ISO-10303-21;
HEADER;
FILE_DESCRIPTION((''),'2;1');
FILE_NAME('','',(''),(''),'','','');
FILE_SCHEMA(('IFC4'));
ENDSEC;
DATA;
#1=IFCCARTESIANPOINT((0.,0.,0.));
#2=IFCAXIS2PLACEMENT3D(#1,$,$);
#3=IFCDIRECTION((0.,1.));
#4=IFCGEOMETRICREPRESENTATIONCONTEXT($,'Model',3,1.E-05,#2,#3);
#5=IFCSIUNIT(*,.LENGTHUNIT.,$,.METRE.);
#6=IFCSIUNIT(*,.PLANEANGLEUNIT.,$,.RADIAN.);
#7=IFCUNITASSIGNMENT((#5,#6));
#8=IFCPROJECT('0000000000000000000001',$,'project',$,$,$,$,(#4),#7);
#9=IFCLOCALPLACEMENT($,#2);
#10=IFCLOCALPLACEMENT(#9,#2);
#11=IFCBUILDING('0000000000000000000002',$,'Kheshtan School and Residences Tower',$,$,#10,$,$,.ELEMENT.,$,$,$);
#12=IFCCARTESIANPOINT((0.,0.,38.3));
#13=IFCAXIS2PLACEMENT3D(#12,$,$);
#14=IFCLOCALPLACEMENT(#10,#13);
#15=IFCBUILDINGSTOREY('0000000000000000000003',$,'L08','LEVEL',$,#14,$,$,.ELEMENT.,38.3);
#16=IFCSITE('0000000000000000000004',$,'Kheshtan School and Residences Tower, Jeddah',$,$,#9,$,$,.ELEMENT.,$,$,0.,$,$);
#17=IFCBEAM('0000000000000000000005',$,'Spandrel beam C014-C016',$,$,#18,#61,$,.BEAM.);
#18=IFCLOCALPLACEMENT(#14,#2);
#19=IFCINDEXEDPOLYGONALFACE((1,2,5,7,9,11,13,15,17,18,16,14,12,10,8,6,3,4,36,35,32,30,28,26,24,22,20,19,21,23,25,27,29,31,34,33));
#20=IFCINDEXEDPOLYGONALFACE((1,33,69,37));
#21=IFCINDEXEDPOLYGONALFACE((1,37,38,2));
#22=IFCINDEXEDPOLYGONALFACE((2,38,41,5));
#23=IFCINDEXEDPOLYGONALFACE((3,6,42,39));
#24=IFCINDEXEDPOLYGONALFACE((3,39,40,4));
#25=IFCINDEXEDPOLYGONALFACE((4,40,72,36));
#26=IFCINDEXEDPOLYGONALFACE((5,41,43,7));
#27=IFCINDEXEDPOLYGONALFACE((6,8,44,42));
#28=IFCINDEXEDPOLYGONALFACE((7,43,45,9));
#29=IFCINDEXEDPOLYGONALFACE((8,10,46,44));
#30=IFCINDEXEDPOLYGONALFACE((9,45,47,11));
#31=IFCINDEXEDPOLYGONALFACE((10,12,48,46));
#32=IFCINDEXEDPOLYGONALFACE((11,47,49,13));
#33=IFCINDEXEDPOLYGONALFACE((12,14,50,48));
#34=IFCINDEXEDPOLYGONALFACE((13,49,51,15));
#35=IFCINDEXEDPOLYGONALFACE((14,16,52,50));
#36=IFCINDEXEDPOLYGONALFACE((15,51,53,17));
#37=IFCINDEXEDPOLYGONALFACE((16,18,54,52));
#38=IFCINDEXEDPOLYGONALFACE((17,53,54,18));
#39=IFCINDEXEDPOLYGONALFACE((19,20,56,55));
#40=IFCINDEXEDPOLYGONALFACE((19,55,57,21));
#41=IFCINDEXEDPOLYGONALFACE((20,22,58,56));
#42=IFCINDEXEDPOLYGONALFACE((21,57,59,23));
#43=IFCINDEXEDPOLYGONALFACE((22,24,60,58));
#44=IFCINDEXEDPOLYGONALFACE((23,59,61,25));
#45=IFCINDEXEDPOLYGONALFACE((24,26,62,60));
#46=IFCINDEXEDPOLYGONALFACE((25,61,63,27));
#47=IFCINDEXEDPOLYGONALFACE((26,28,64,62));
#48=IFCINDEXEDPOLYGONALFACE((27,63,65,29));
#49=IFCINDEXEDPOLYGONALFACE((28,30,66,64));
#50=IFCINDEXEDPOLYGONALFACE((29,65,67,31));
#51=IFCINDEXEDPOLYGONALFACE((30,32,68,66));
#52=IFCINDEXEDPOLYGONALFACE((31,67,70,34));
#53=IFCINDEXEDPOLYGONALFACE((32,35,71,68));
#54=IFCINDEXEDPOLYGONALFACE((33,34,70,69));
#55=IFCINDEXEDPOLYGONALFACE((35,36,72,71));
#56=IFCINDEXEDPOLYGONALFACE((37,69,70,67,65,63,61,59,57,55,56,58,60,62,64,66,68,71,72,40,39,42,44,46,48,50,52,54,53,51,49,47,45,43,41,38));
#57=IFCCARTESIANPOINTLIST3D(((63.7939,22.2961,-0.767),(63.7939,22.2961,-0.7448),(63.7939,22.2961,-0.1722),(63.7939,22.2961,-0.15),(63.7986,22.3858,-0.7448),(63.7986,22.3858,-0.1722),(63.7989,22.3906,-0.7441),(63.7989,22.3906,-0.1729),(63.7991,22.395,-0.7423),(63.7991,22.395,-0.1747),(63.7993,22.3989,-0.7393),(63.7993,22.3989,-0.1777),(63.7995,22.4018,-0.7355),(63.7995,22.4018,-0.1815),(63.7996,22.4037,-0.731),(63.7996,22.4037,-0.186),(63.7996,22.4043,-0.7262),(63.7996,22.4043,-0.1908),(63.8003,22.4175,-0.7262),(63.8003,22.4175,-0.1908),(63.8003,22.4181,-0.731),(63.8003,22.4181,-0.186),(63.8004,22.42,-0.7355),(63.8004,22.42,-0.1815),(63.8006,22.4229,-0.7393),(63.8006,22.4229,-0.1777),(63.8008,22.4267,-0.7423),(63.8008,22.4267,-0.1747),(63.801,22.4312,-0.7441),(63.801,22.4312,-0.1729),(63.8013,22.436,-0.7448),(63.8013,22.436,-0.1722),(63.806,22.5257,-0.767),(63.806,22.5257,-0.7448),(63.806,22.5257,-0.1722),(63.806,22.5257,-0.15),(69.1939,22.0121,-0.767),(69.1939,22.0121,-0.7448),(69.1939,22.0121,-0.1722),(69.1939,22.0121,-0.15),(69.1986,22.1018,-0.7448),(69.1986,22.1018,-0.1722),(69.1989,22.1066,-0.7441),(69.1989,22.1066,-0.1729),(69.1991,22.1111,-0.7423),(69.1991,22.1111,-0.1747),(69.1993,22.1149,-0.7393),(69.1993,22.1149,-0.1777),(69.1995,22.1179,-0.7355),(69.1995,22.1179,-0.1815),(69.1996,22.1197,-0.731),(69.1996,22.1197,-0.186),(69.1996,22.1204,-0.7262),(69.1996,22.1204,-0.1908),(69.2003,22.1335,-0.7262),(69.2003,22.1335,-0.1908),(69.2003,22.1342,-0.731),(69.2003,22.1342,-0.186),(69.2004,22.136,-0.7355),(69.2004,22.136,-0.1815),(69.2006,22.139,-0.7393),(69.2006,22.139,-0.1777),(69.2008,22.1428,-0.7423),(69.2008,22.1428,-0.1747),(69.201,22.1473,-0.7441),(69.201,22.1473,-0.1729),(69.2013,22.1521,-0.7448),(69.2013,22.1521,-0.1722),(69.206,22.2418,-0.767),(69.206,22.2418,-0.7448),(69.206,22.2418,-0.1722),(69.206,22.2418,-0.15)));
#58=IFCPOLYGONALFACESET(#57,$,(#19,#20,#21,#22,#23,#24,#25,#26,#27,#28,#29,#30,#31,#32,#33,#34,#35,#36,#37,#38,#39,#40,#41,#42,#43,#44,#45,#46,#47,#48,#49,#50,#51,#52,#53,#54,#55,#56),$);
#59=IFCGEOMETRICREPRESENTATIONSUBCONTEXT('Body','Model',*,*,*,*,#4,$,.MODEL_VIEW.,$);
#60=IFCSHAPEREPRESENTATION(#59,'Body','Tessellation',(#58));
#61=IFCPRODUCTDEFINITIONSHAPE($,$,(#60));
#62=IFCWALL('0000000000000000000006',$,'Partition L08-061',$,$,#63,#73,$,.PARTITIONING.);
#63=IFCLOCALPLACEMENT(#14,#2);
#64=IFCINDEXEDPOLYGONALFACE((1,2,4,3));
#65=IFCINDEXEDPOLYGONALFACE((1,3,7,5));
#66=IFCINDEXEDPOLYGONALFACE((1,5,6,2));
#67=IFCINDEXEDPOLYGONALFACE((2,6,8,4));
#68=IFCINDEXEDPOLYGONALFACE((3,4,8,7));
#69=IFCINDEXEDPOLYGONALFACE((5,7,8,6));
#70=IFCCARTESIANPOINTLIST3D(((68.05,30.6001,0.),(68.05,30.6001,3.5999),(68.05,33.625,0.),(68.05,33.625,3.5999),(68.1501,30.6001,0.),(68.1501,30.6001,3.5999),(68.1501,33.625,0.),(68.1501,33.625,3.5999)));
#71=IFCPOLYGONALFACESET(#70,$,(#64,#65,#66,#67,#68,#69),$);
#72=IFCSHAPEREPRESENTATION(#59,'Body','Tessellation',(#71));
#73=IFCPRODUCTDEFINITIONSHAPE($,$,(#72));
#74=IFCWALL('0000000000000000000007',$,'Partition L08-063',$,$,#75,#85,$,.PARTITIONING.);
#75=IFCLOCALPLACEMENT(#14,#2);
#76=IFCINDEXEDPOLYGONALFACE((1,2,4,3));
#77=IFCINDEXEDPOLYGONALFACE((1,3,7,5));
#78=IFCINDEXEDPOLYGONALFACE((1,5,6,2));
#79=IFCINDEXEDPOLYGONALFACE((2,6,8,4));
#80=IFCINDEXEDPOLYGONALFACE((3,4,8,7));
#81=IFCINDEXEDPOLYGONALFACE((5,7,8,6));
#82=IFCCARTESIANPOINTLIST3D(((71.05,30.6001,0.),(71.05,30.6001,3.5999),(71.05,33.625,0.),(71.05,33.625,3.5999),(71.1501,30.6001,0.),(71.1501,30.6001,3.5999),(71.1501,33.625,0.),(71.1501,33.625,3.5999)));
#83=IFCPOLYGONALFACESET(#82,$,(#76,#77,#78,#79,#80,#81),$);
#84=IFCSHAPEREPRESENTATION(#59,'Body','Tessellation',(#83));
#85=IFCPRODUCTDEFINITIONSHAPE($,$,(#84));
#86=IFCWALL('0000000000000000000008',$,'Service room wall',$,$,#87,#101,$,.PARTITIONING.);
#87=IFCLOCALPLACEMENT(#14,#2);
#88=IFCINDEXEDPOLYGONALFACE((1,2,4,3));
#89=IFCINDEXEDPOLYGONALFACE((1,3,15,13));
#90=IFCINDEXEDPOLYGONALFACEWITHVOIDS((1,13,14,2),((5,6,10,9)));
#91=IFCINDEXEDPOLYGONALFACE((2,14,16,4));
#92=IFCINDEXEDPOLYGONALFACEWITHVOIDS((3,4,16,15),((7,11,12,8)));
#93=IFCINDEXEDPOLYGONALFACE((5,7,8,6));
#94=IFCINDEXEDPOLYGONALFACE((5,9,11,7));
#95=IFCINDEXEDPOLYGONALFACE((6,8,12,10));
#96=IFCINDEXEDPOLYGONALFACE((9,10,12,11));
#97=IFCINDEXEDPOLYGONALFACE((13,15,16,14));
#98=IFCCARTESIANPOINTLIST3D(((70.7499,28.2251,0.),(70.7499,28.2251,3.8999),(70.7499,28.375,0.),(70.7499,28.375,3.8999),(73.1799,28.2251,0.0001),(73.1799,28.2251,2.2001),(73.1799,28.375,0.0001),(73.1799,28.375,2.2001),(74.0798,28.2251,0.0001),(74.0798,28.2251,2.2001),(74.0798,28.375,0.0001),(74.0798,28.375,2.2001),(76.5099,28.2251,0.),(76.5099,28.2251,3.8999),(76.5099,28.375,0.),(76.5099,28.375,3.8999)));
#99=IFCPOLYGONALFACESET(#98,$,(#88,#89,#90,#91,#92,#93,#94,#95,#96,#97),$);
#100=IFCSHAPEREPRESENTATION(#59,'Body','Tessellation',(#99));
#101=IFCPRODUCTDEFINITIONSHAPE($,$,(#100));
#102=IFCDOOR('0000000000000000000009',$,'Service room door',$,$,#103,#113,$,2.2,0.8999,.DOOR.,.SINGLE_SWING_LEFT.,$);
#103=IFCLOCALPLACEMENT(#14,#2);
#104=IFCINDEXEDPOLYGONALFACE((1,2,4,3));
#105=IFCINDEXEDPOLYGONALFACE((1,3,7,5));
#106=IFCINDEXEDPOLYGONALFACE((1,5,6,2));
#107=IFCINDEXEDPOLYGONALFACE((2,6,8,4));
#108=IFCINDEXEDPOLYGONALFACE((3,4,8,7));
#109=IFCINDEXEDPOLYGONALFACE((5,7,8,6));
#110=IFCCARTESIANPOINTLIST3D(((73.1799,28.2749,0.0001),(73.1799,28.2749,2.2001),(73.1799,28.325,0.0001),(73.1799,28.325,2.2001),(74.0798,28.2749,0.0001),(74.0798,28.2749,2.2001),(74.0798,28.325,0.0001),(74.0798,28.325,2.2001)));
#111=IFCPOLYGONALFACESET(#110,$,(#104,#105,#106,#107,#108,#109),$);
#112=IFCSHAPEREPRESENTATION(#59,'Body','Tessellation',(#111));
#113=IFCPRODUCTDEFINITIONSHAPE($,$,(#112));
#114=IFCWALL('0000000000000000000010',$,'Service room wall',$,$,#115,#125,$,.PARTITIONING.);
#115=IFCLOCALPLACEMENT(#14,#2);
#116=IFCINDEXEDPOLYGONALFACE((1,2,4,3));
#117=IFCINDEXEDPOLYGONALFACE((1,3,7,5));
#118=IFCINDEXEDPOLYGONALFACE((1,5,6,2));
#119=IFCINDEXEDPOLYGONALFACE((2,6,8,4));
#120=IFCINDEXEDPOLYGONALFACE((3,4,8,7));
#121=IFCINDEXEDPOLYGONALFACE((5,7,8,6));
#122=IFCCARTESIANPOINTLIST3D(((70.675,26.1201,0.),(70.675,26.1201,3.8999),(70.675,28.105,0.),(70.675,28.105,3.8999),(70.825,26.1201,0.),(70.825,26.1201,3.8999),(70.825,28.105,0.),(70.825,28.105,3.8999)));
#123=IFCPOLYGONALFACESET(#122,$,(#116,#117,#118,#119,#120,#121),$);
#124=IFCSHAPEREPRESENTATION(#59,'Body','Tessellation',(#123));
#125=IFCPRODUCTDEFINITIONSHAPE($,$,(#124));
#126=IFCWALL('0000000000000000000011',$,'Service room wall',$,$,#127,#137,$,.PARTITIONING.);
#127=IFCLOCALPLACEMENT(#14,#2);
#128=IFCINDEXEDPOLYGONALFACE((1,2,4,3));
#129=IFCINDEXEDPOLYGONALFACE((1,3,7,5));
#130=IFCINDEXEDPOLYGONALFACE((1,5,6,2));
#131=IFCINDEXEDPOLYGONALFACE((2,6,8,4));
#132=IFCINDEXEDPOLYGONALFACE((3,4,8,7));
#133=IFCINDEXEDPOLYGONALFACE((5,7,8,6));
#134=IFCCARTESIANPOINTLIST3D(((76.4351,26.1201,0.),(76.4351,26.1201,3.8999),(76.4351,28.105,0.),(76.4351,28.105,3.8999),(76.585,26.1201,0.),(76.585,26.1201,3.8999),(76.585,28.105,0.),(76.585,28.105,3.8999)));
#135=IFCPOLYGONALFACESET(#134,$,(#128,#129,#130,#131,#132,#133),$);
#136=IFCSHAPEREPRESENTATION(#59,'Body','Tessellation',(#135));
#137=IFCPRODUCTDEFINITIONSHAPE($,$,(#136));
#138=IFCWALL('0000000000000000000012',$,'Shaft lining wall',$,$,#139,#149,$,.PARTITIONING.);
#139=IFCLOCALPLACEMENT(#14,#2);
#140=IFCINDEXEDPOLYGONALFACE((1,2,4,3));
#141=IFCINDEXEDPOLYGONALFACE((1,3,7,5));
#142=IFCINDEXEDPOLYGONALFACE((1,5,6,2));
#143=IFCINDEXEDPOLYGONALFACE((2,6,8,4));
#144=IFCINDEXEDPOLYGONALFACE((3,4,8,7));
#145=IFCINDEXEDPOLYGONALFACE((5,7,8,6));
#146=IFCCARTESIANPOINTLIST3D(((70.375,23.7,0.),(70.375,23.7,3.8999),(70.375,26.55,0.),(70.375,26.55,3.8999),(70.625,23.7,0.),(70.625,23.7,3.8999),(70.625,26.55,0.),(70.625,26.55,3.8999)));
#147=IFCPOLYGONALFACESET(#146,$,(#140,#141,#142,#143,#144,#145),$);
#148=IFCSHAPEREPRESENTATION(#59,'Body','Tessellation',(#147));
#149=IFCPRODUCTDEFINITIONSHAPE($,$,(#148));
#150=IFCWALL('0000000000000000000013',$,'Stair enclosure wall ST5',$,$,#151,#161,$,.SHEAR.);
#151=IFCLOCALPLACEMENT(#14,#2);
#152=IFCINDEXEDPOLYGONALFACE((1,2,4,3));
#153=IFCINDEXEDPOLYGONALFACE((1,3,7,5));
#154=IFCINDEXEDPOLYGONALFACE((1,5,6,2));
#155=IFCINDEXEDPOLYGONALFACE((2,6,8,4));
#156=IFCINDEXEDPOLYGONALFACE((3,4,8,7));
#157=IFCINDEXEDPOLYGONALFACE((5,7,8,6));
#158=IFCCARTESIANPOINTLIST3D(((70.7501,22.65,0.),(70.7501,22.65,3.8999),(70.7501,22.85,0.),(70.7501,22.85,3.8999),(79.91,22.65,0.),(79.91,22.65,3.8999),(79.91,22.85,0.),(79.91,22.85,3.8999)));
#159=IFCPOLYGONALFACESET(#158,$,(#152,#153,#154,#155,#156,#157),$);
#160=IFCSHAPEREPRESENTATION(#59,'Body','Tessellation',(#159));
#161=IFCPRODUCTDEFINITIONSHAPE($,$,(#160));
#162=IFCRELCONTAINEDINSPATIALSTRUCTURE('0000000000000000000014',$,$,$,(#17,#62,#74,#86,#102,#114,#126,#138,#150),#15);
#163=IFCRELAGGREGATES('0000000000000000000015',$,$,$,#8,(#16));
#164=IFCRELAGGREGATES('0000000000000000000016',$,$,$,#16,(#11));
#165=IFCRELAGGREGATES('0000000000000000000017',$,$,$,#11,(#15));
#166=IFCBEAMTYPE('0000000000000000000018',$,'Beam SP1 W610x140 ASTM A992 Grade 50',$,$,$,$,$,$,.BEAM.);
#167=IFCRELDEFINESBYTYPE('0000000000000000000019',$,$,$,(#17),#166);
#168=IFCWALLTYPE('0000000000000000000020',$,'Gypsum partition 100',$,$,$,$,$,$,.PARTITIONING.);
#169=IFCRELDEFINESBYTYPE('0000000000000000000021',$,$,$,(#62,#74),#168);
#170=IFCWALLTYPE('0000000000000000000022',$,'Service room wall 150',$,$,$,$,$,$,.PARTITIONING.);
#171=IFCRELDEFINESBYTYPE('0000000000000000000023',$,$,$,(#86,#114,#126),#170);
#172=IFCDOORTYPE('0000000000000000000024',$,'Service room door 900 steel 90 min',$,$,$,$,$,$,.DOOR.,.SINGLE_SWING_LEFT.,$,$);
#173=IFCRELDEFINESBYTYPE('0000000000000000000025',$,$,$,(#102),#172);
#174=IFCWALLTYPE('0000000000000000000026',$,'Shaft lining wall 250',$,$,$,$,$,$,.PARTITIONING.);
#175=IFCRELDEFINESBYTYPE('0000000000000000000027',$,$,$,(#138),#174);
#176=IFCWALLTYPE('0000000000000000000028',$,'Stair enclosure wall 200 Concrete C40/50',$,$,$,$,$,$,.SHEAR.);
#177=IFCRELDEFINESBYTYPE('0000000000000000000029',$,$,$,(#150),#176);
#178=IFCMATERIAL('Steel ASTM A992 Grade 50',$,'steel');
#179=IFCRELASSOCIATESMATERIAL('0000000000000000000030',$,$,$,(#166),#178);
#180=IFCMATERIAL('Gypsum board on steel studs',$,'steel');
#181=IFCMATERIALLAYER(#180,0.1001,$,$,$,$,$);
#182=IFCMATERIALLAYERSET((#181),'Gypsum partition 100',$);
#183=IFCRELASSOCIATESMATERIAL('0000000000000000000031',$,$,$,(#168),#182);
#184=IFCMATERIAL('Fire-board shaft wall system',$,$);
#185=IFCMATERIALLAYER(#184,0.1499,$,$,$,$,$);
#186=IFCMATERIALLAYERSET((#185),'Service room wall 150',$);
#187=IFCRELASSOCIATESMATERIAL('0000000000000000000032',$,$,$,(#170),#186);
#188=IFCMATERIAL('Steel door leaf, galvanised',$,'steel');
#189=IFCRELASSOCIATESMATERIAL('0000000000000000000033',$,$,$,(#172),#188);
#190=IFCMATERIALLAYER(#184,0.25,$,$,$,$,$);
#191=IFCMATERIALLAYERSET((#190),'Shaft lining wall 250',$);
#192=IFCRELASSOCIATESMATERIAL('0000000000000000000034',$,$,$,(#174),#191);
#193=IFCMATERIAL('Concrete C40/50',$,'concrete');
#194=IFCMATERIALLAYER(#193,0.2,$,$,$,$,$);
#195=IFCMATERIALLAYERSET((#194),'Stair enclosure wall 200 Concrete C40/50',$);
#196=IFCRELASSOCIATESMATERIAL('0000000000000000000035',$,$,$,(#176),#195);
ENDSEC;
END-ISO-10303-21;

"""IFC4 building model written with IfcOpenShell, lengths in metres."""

from ifc_helpers import new_model, si_unit, direction, frame, frame_2d, origin, origin_2d, place, context, subcontext, project, spatial, rectangle, i_section, extrude, source, transform, mapped, material, layer, layer_set, material_profile, profile_set, type_object, element, fill, save


model = new_model("IFC4")

# Units and contexts
model_context = context("Model", 3, precision=1e-05, world=origin(), true_north=direction((0.0, 1.0)))
body_context = subcontext(model_context, "Body", "Model", "MODEL_VIEW")
ifc_project = project(units=[si_unit("LENGTHUNIT", "METRE"), si_unit("PLANEANGLEUNIT", "RADIAN")], contexts=[model_context])

# Site, building, storey
site_placement = place(None, origin())
site = spatial("IfcSite", under=ifc_project, at=site_placement, Name="Kheshtan School and Residences Tower, Jeddah", CompositionType="ELEMENT", RefElevation=0.0)
building_placement = place(site_placement, origin())
building = spatial("IfcBuilding", under=site, at=building_placement, Name="Kheshtan School and Residences Tower", CompositionType="ELEMENT")
storey_placement = place(building_placement, frame((0.0, 0.0, 38.3)))
storey = spatial("IfcBuildingStorey", under=building, at=storey_placement, Name="L08", Description="LEVEL", CompositionType="ELEMENT", Elevation=38.3)

# Shared definitions
ifc_material_1 = material(Name="Steel ASTM A992 Grade 50", Category="steel")

# Beam
ifc_material_profile_1 = material_profile(ifc_material_1, i_section(OverallWidth=0.23, OverallDepth=0.6169, WebThickness=0.0132, FlangeThickness=0.0222, FilletRadius=0.0186, at=origin_2d()), Name="W610x140")
ifc_profile_set_1 = profile_set([ifc_material_profile_1], Name="Steel ASTM A992 Grade 50")
beam_type_1 = type_object("IfcBeamType", Name="Beam SP1 W610x140 ASTM A992 Grade 50", PredefinedType="BEAM", material=ifc_profile_set_1)
beam_1_placement = place(storey_placement, frame((69.2, 22.127, -0.4585), z_axis=(-0.99862, 0.052509, 0.0), x_axis=(-0.052509, -0.99862, 0.0)))
element("IfcBeam", 1, at=beam_1_placement, inside=storey, type_object=beam_type_1, Name="Spandrel beam C014-C016", PredefinedType="BEAM", context=body_context, shape_type="SweptSolid", body=[
    extrude(i_section(OverallWidth=0.23, OverallDepth=0.6169, WebThickness=0.0132, FlangeThickness=0.0222, FilletRadius=0.0186, at=origin_2d()), origin(), (0.0, 0.0, 1.0), 5.4075),
])

# Walls
ifc_material_2 = material(Name="Gypsum board on steel studs", Category="steel")
ifc_layer_1 = layer(ifc_material_2, 0.1001)
ifc_layer_set_1 = layer_set([ifc_layer_1], Name="Gypsum partition 100")
wall_type_1 = type_object("IfcWallType", Name="Gypsum partition 100", PredefinedType="PARTITIONING", material=ifc_layer_set_1)
for number, where, z_axis, x_axis, name in (
    (2, (68.1001, 30.6001, 0.0), (0.0, 0.0, 1.0), (0.0, 1.0, 0.0), "Partition L08-061"),
    (3, (71.1001, 30.6001, 0.0), (0.0, 0.0, 1.0), (0.0, 1.0, 0.0), "Partition L08-063"),
):
    element("IfcWall", number, at=place(storey_placement, frame(where, z_axis=z_axis, x_axis=x_axis)), inside=storey, type_object=wall_type_1, Name=name, PredefinedType="PARTITIONING", context=body_context, shape_type="SweptSolid", body=[
        extrude(rectangle(XDim=3.0249, YDim=0.1001, at=frame_2d((1.5125, 0.0))), origin(), (0.0, 0.0, 1.0), 3.5999),
    ])

# Wall, opening, door
ifc_material_3 = material(Name="Fire-board shaft wall system")
ifc_layer_2 = layer(ifc_material_3, 0.1499)
ifc_layer_set_2 = layer_set([ifc_layer_2], Name="Service room wall 150")
wall_type_2 = type_object("IfcWallType", Name="Service room wall 150", PredefinedType="PARTITIONING", material=ifc_layer_set_2)
wall_1_placement = place(storey_placement, frame((70.75, 28.3, 0.0), z_axis=(0.0, 0.0, 1.0), x_axis=(1.0, 0.0, 0.0)))
wall_1 = element("IfcWall", 4, at=wall_1_placement, inside=storey, type_object=wall_type_2, Name="Service room wall", PredefinedType="PARTITIONING", context=body_context, shape_type="SweptSolid", body=[
    extrude(rectangle(XDim=5.76, YDim=0.1499, at=frame_2d((2.8799, 0.0))), origin(), (0.0, 0.0, 1.0), 3.8999),
])
opening_1_placement = place(wall_1_placement, frame((2.4299, 0.0, 0.0)))
opening_1 = element("IfcOpeningElement", 5, at=opening_1_placement, cuts=wall_1, PredefinedType="OPENING", context=body_context, shape_type="SweptSolid", body=[
    extrude(rectangle(XDim=0.8999, YDim=2.2, at=frame_2d((0.45, 1.1001))), frame((0.0, 0.085, 0.0), z_axis=(0.0, -1.0, 0.0), x_axis=(1.0, 0.0, 0.0)), (0.0, 0.0, 1.0), 0.1699),
])
ifc_material_4 = material(Name="Steel door leaf, galvanised", Category="steel")
door_type_1 = type_object("IfcDoorType", Name="Service room door 900 steel 90 min", OperationType="SINGLE_SWING_LEFT", PredefinedType="DOOR", material=ifc_material_4)
shared_shape_1 = source(origin(), body_context, "Body", "SweptSolid", [
    extrude(rectangle(XDim=0.8999, YDim=2.2, at=frame_2d((0.45, 1.1001))), frame((0.0, 0.0249, 0.0), z_axis=(0.0, -1.0, 0.0), x_axis=(1.0, 0.0, 0.0)), (0.0, 0.0, 1.0), 0.05),
])
door_1_placement = place(opening_1_placement, origin())
door_1 = element("IfcDoor", 6, at=door_1_placement, inside=storey, type_object=door_type_1, Name="Service room door", OperationType="SINGLE_SWING_LEFT", OverallHeight=2.2, OverallWidth=0.8999, PredefinedType="DOOR", context=body_context, shape_type="MappedRepresentation", body=[
    mapped(shared_shape_1, transform((0.0, 0.0, 0.0), x_axis=(1.0, 0.0, 0.0), y_axis=(0.0, 1.0, 0.0), z_axis=(0.0, 0.0, 1.0), scale=1.0)),
])
fill(opening_1, door_1)

# Walls
for number, where, z_axis, x_axis, name in (
    (7, (70.75, 26.1201, 0.0), (0.0, 0.0, 1.0), (0.0, 1.0, 0.0), "Service room wall"),
    (8, (76.51, 26.1201, 0.0), (0.0, 0.0, 1.0), (0.0, 1.0, 0.0), "Service room wall"),
):
    element("IfcWall", number, at=place(storey_placement, frame(where, z_axis=z_axis, x_axis=x_axis)), inside=storey, type_object=wall_type_2, Name=name, PredefinedType="PARTITIONING", context=body_context, shape_type="SweptSolid", body=[
        extrude(rectangle(XDim=1.9849, YDim=0.1499, at=frame_2d((0.9924, 0.0))), origin(), (0.0, 0.0, 1.0), 3.8999),
    ])
ifc_layer_3 = layer(ifc_material_3, 0.25)
ifc_layer_set_3 = layer_set([ifc_layer_3], Name="Shaft lining wall 250")
wall_type_3 = type_object("IfcWallType", Name="Shaft lining wall 250", PredefinedType="PARTITIONING", material=ifc_layer_set_3)
wall_2_placement = place(storey_placement, frame((70.5, 23.7, 0.0), z_axis=(0.0, 0.0, 1.0), x_axis=(0.0, 1.0, 0.0)))
element("IfcWall", 9, at=wall_2_placement, inside=storey, type_object=wall_type_3, Name="Shaft lining wall", PredefinedType="PARTITIONING", context=body_context, shape_type="SweptSolid", body=[
    extrude(rectangle(XDim=2.8501, YDim=0.25, at=frame_2d((1.425, 0.0))), origin(), (0.0, 0.0, 1.0), 3.8999),
])
ifc_material_5 = material(Name="Concrete C40/50", Category="concrete")
ifc_layer_4 = layer(ifc_material_5, 0.2)
ifc_layer_set_4 = layer_set([ifc_layer_4], Name="Stair enclosure wall 200 Concrete C40/50")
wall_type_4 = type_object("IfcWallType", Name="Stair enclosure wall 200 Concrete C40/50", PredefinedType="SHEAR", material=ifc_layer_set_4)
wall_3_placement = place(storey_placement, frame((70.75, 22.75, 0.0), z_axis=(0.0, 0.0, 1.0), x_axis=(1.0, 0.0, 0.0)))
element("IfcWall", 10, at=wall_3_placement, inside=storey, type_object=wall_type_4, Name="Stair enclosure wall ST5", PredefinedType="SHEAR", context=body_context, shape_type="SweptSolid", body=[
    extrude(rectangle(XDim=9.1599, YDim=0.2, at=frame_2d((4.5801, 0.0))), origin(), (0.0, 0.0, 1.0), 3.8999),
])

save(model, "model.ifc")
